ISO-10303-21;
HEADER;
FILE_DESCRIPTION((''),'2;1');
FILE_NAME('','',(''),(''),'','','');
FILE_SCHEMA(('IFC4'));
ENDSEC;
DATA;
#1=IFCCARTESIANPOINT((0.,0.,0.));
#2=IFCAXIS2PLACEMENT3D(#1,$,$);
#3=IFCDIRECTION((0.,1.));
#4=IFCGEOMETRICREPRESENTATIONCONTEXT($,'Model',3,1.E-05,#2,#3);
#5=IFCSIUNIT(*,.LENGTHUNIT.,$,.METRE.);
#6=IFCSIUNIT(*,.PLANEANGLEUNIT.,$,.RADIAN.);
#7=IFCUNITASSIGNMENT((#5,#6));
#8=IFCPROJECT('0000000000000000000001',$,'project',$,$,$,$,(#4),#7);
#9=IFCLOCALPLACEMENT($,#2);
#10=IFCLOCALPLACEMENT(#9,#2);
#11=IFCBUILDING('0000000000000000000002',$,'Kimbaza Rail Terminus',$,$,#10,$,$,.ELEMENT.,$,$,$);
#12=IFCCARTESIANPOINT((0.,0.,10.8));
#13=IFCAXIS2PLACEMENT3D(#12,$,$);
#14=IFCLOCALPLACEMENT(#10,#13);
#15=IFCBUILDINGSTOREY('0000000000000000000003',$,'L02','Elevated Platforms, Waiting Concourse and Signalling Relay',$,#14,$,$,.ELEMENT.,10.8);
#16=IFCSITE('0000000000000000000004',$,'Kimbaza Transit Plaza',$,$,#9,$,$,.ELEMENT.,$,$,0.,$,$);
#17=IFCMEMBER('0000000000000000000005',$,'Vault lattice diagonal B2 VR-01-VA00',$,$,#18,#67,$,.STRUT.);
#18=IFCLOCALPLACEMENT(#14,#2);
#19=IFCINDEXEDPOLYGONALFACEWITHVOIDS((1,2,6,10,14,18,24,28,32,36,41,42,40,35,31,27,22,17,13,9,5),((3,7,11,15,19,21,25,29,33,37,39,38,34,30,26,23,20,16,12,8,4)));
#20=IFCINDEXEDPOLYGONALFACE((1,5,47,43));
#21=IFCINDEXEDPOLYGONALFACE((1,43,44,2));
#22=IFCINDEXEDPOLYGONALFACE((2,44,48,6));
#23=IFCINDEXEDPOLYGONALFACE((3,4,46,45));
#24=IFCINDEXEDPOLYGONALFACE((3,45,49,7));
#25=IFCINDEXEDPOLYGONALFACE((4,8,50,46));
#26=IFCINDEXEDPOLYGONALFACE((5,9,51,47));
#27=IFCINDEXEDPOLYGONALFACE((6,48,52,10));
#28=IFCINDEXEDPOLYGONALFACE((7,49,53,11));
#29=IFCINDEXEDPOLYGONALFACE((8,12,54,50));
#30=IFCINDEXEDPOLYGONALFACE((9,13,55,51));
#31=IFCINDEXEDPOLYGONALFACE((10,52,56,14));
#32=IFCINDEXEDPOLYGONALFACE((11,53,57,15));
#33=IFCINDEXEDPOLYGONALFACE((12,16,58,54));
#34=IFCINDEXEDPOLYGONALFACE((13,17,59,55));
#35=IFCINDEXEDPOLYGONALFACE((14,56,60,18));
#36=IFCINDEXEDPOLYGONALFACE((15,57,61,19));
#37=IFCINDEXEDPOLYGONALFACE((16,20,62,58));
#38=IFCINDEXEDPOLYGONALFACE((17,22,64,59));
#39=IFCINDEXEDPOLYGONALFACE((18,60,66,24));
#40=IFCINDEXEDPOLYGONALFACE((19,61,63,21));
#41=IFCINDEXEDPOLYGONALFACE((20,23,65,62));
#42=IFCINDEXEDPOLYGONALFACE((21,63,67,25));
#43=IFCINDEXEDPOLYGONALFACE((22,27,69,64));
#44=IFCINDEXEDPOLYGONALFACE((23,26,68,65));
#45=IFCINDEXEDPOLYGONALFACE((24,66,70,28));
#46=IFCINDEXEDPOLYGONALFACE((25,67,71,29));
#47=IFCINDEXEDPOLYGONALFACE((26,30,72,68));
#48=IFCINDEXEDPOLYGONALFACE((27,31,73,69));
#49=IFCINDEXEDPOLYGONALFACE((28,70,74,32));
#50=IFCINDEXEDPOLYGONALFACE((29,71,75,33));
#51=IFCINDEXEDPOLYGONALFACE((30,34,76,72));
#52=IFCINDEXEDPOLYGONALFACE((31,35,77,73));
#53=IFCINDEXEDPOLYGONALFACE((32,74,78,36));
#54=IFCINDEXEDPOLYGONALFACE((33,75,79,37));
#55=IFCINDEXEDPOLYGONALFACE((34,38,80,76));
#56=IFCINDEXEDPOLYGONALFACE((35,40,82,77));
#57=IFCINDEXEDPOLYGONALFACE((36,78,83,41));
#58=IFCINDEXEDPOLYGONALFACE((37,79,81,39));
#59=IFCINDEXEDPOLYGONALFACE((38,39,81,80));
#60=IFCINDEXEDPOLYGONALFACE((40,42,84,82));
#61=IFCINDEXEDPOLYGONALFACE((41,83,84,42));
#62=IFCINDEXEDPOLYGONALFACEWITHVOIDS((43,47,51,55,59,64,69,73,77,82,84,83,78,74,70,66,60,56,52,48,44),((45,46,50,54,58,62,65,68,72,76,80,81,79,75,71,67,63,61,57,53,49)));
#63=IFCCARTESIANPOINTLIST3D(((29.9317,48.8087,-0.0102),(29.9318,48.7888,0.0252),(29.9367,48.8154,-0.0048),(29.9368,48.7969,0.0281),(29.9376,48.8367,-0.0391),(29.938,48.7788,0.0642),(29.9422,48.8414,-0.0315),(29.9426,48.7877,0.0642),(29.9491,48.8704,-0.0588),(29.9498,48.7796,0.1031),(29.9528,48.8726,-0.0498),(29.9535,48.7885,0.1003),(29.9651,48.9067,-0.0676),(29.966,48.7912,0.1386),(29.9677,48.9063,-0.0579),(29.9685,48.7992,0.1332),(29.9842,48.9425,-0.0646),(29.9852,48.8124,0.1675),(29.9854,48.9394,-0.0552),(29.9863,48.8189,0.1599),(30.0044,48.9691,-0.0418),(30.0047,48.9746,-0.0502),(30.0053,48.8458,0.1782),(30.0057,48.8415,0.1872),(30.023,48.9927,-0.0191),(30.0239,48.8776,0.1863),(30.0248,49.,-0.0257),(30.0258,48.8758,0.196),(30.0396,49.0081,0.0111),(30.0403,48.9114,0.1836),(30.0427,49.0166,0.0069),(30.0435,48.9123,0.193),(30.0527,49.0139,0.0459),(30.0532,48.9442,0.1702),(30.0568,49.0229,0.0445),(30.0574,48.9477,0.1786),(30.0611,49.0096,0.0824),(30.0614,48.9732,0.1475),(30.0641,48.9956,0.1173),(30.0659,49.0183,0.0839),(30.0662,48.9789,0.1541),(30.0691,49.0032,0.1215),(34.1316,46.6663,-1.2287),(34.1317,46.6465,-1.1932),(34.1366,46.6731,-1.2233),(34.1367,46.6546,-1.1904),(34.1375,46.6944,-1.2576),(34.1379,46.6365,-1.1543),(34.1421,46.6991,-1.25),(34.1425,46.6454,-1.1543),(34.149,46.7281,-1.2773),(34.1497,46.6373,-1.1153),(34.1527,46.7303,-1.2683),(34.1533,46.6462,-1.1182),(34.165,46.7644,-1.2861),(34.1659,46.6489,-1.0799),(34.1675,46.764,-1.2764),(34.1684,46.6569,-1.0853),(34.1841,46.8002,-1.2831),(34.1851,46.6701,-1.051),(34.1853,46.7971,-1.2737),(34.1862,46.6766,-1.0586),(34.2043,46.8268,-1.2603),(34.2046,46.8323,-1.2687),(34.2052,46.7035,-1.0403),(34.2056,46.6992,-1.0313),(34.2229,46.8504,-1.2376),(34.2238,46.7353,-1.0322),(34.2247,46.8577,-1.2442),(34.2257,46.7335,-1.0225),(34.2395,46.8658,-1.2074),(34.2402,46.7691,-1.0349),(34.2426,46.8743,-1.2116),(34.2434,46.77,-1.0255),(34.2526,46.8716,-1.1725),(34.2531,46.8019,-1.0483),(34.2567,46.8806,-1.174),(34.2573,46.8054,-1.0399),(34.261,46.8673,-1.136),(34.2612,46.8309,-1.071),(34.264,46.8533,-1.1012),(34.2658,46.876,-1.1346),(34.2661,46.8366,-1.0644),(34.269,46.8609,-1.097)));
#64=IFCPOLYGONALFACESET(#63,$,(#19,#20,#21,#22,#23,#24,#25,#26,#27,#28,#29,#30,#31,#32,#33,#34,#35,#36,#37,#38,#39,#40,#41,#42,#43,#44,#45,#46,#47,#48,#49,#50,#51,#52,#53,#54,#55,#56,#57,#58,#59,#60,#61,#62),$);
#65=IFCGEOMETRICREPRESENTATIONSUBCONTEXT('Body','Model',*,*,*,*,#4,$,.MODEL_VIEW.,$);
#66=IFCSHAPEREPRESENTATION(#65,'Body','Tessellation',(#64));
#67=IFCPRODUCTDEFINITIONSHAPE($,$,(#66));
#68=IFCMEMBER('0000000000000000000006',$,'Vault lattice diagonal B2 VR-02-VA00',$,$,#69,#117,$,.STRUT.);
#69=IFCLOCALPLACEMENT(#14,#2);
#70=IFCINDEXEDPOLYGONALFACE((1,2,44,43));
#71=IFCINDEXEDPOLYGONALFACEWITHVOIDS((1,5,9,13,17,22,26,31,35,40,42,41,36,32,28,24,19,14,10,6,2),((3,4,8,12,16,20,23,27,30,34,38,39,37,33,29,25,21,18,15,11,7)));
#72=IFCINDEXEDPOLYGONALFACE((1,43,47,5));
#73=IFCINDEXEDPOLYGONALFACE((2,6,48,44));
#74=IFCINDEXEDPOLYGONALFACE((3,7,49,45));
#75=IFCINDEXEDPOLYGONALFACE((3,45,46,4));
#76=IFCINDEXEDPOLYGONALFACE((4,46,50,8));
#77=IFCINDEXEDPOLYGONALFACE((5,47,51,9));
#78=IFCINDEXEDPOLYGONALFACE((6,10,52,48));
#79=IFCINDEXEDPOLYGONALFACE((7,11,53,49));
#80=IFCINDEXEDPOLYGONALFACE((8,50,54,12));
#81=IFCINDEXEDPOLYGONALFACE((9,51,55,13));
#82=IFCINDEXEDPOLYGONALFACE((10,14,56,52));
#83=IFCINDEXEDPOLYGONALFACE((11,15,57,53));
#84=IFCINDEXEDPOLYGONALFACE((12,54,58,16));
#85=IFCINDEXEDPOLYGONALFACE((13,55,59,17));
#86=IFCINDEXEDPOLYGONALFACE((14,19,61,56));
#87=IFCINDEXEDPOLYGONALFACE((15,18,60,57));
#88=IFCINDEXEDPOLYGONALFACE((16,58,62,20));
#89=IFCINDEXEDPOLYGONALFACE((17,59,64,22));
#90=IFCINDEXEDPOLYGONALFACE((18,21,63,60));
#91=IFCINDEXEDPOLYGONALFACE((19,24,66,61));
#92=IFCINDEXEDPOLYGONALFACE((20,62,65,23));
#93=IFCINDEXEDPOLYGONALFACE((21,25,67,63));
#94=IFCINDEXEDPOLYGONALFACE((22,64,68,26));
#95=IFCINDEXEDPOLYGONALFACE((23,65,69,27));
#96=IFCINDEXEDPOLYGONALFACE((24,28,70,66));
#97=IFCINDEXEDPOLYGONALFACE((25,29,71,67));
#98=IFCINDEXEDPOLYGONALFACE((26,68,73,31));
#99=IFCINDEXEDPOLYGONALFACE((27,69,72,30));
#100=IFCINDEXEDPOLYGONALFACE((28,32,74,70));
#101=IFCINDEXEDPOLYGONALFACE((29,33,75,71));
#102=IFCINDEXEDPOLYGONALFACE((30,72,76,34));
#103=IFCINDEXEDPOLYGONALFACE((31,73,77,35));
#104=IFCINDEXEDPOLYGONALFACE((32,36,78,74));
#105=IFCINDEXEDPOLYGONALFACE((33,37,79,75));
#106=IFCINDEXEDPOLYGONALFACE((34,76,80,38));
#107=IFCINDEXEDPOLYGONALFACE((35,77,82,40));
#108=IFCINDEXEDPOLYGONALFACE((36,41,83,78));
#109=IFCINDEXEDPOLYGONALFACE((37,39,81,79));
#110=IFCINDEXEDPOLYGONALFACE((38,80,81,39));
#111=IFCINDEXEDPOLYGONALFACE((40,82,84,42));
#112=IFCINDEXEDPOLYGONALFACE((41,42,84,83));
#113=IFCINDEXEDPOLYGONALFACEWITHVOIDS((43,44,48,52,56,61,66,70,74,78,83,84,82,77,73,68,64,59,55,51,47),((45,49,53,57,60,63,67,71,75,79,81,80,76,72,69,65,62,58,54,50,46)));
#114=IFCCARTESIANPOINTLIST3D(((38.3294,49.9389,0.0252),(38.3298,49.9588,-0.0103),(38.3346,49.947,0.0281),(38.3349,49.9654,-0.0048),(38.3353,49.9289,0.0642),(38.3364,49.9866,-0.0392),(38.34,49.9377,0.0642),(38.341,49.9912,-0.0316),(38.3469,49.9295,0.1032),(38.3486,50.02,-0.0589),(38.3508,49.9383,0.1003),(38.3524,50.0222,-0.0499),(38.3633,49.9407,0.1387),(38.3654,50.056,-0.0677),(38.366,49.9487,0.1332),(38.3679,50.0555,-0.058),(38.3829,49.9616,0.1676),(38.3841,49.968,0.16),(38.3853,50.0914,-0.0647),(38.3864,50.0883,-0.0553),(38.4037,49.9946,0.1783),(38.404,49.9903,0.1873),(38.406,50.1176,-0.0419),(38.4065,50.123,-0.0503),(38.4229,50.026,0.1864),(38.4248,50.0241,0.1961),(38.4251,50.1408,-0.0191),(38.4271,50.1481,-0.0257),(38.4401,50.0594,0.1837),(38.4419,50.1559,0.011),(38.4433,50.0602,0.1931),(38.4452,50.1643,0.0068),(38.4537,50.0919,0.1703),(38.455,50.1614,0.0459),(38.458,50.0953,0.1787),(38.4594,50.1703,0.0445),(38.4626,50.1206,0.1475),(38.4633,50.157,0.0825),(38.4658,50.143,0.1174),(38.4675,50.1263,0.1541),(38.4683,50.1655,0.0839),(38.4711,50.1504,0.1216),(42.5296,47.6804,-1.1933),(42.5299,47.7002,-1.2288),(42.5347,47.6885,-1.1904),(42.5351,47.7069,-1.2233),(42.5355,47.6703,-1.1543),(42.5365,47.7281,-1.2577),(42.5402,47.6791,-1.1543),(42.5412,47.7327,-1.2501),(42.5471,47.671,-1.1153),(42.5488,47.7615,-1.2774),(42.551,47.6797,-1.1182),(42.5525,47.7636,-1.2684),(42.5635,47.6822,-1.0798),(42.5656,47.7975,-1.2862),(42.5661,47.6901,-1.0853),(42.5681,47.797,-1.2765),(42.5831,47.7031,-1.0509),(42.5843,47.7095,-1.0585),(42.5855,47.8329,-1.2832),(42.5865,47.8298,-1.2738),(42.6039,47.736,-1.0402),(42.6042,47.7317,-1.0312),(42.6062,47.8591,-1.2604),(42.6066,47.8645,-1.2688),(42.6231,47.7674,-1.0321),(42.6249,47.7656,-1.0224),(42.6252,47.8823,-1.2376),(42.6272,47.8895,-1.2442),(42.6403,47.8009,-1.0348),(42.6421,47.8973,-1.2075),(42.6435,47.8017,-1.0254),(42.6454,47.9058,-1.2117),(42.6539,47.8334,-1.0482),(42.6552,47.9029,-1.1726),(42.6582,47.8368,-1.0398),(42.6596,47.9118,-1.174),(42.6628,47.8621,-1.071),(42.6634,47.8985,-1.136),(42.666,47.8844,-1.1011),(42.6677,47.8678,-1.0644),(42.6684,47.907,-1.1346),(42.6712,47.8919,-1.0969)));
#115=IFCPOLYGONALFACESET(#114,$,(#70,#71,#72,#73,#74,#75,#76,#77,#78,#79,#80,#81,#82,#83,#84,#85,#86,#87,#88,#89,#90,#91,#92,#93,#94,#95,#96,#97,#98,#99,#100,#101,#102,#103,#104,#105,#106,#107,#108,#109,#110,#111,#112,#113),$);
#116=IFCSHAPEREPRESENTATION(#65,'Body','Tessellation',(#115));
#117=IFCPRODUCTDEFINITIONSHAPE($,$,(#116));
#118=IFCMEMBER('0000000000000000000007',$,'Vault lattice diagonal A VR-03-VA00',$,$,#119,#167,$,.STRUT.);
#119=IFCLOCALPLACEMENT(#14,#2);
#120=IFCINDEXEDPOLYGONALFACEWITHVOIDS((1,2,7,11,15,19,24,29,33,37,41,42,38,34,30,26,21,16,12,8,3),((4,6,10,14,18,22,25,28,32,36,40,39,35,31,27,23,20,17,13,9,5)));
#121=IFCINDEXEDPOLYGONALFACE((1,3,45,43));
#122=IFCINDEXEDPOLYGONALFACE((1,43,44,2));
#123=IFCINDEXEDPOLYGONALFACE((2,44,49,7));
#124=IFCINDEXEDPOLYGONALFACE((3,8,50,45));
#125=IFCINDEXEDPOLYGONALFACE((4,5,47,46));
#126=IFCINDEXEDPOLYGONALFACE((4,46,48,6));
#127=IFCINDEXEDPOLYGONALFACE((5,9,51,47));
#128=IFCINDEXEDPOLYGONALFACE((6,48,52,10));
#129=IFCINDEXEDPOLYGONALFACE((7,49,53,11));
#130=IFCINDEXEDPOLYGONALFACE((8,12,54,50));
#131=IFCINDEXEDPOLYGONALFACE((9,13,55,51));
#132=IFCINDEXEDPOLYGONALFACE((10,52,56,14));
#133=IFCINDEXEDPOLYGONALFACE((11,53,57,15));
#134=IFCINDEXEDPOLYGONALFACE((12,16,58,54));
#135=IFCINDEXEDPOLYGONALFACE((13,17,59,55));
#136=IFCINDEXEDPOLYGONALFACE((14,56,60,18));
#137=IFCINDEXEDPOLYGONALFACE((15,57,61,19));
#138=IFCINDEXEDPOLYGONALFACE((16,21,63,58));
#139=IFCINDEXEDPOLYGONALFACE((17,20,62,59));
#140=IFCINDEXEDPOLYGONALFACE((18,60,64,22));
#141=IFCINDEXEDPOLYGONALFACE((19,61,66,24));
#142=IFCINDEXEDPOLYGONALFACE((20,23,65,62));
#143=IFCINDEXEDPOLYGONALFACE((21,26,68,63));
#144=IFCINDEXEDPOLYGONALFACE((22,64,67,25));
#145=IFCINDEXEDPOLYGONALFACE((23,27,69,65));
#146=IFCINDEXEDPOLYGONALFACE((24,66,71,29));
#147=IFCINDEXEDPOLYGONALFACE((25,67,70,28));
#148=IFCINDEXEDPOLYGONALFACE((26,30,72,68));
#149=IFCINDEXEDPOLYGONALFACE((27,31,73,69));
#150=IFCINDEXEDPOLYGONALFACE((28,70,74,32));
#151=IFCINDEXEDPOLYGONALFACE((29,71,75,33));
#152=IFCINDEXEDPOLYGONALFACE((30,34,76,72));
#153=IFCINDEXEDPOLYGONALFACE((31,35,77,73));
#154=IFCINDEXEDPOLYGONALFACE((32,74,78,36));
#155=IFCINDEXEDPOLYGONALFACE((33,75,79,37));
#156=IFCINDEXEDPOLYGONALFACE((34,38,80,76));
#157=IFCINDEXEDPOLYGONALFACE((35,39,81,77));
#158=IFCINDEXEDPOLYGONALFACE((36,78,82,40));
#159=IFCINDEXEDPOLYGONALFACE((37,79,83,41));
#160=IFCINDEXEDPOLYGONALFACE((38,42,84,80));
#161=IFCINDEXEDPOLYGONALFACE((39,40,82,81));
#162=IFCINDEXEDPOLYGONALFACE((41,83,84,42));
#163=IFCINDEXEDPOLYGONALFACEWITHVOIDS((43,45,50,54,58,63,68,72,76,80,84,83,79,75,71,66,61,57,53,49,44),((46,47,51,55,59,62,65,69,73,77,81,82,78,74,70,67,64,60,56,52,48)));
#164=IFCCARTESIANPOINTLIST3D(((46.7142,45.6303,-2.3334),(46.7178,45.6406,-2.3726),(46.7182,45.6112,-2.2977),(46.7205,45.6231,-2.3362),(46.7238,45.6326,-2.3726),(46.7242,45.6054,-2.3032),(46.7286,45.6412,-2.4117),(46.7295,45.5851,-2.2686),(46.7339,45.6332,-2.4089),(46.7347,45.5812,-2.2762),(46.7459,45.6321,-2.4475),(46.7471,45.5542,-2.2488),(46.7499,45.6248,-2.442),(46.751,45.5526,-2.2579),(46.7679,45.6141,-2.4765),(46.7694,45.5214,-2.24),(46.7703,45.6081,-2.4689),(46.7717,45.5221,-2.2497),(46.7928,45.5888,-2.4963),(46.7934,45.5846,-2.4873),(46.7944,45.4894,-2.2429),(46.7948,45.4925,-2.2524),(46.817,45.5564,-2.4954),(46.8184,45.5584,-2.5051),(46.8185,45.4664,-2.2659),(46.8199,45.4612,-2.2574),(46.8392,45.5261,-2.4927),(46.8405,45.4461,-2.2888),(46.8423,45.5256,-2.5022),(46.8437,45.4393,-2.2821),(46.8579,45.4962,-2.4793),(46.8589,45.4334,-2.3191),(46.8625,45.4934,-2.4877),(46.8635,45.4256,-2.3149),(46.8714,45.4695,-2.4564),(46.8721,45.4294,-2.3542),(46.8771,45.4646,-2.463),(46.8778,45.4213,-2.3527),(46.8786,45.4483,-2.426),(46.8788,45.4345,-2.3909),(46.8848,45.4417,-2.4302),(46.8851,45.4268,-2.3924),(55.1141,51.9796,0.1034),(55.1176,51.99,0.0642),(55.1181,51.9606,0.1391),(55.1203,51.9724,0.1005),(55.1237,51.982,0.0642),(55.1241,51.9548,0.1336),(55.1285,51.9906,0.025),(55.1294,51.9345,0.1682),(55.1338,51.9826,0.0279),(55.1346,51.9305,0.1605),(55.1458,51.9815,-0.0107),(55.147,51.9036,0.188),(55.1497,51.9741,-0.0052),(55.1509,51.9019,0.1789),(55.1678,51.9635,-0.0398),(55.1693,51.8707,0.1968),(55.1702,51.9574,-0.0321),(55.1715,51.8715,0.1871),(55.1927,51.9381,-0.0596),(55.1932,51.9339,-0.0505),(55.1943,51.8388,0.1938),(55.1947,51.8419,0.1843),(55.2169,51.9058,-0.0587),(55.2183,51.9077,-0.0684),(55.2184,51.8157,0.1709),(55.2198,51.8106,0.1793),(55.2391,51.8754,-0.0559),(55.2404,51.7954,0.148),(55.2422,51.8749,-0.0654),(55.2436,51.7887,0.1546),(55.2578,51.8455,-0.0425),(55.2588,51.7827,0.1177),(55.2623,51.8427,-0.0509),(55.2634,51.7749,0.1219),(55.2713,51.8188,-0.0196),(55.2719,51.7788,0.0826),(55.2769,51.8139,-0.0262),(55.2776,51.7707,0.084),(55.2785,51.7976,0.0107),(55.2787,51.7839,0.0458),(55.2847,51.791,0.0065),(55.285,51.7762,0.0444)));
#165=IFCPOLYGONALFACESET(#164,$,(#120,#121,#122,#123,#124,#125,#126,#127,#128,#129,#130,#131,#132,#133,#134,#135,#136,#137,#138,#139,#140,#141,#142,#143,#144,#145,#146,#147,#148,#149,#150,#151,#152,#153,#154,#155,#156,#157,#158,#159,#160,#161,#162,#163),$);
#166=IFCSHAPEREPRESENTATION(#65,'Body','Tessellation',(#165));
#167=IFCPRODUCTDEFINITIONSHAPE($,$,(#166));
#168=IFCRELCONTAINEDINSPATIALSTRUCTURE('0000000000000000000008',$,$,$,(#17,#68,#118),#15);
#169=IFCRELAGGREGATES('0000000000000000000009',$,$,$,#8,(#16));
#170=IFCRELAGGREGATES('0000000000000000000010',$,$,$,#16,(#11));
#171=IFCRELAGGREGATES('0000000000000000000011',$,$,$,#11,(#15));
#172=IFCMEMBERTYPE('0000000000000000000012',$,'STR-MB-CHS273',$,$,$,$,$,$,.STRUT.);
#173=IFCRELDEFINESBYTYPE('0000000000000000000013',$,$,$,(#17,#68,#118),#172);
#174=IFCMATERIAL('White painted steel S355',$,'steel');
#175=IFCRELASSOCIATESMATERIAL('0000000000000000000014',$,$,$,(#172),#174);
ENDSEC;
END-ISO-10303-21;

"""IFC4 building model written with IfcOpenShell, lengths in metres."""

from ifc_helpers import new_model, si_unit, direction, frame, origin, origin_2d, place, context, subcontext, project, spatial, hollow_circle, extrude, material, material_profile, profile_set, type_object, element, save


model = new_model("IFC4")

# Units and contexts
model_context = context("Model", 3, precision=1e-05, world=origin(), true_north=direction((0.0, 1.0)))
body_context = subcontext(model_context, "Body", "Model", "MODEL_VIEW")
ifc_project = project(units=[si_unit("LENGTHUNIT", "METRE"), si_unit("PLANEANGLEUNIT", "RADIAN")], contexts=[model_context])

# Site, building, storey
site_placement = place(None, origin())
site = spatial("IfcSite", under=ifc_project, at=site_placement, Name="Kimbaza Transit Plaza", CompositionType="ELEMENT", RefElevation=0.0)
building_placement = place(site_placement, origin())
building = spatial("IfcBuilding", under=site, at=building_placement, Name="Kimbaza Rail Terminus", CompositionType="ELEMENT")
storey_placement = place(building_placement, frame((0.0, 0.0, 10.8)))
storey = spatial("IfcBuildingStorey", under=building, at=storey_placement, Name="L02", Description="Elevated Platforms, Waiting Concourse and Signalling Relay", CompositionType="ELEMENT", Elevation=10.8)

# Members
ifc_material_1 = material(Name="White painted steel S355", Category="steel")
ifc_material_profile_1 = material_profile(ifc_material_1, hollow_circle(Radius=0.1365, WallThickness=0.01, at=origin_2d()), Name="CHS 273x10")
ifc_profile_set_1 = profile_set([ifc_material_profile_1], Name="White painted steel S355")
member_type_1 = type_object("IfcMemberType", Name="STR-MB-CHS273", PredefinedType="STRUT", material=ifc_profile_set_1)
for number, where, z_axis, x_axis, name in (
    (1, (34.2, 46.7581, -1.1543), (-0.862467, 0.439932, 0.250222), (-0.454386, -0.890805, 0.0), "Vault lattice diagonal B2 VR-01-VA00"),
):
    element("IfcMember", number, at=place(storey_placement, frame(where, z_axis=z_axis, x_axis=x_axis)), inside=storey, type_object=member_type_1, Name=name, PredefinedType="STRUT", context=body_context, shape_type="SweptSolid", body=[
        extrude(hollow_circle(Radius=0.1365, WallThickness=0.01, at=origin_2d()), origin(), (0.0, 0.0, 1.0), 4.8696),
    ])
member_1_placement = place(storey_placement, frame((42.6001, 47.7905, -1.1543), z_axis=(-0.853328, 0.458855, 0.247556), x_axis=(-0.473596, -0.880742, 0.0)))
element("IfcMember", 2, at=member_1_placement, inside=storey, type_object=member_type_1, Name="Vault lattice diagonal B2 VR-02-VA00", PredefinedType="STRUT", context=body_context, shape_type="SweptSolid", body=[
    extrude(hollow_circle(Radius=0.1365, WallThickness=0.01, at=origin_2d()), origin(), (0.0, 0.0, 1.0), 4.9221),
])
member_2_placement = place(storey_placement, frame((46.8, 45.5317, -2.3726), z_axis=(0.7772, 0.587475, 0.225462), x_axis=(-0.603001, 0.797741, 0.0)))
element("IfcMember", 3, at=member_2_placement, inside=storey, type_object=member_type_1, Name="Vault lattice diagonal A VR-03-VA00", PredefinedType="STRUT", context=body_context, shape_type="SweptSolid", body=[
    extrude(hollow_circle(Radius=0.1365, WallThickness=0.01, at=origin_2d()), origin(), (0.0, 0.0, 1.0), 10.8079),
])

save(model, "model.ifc")
